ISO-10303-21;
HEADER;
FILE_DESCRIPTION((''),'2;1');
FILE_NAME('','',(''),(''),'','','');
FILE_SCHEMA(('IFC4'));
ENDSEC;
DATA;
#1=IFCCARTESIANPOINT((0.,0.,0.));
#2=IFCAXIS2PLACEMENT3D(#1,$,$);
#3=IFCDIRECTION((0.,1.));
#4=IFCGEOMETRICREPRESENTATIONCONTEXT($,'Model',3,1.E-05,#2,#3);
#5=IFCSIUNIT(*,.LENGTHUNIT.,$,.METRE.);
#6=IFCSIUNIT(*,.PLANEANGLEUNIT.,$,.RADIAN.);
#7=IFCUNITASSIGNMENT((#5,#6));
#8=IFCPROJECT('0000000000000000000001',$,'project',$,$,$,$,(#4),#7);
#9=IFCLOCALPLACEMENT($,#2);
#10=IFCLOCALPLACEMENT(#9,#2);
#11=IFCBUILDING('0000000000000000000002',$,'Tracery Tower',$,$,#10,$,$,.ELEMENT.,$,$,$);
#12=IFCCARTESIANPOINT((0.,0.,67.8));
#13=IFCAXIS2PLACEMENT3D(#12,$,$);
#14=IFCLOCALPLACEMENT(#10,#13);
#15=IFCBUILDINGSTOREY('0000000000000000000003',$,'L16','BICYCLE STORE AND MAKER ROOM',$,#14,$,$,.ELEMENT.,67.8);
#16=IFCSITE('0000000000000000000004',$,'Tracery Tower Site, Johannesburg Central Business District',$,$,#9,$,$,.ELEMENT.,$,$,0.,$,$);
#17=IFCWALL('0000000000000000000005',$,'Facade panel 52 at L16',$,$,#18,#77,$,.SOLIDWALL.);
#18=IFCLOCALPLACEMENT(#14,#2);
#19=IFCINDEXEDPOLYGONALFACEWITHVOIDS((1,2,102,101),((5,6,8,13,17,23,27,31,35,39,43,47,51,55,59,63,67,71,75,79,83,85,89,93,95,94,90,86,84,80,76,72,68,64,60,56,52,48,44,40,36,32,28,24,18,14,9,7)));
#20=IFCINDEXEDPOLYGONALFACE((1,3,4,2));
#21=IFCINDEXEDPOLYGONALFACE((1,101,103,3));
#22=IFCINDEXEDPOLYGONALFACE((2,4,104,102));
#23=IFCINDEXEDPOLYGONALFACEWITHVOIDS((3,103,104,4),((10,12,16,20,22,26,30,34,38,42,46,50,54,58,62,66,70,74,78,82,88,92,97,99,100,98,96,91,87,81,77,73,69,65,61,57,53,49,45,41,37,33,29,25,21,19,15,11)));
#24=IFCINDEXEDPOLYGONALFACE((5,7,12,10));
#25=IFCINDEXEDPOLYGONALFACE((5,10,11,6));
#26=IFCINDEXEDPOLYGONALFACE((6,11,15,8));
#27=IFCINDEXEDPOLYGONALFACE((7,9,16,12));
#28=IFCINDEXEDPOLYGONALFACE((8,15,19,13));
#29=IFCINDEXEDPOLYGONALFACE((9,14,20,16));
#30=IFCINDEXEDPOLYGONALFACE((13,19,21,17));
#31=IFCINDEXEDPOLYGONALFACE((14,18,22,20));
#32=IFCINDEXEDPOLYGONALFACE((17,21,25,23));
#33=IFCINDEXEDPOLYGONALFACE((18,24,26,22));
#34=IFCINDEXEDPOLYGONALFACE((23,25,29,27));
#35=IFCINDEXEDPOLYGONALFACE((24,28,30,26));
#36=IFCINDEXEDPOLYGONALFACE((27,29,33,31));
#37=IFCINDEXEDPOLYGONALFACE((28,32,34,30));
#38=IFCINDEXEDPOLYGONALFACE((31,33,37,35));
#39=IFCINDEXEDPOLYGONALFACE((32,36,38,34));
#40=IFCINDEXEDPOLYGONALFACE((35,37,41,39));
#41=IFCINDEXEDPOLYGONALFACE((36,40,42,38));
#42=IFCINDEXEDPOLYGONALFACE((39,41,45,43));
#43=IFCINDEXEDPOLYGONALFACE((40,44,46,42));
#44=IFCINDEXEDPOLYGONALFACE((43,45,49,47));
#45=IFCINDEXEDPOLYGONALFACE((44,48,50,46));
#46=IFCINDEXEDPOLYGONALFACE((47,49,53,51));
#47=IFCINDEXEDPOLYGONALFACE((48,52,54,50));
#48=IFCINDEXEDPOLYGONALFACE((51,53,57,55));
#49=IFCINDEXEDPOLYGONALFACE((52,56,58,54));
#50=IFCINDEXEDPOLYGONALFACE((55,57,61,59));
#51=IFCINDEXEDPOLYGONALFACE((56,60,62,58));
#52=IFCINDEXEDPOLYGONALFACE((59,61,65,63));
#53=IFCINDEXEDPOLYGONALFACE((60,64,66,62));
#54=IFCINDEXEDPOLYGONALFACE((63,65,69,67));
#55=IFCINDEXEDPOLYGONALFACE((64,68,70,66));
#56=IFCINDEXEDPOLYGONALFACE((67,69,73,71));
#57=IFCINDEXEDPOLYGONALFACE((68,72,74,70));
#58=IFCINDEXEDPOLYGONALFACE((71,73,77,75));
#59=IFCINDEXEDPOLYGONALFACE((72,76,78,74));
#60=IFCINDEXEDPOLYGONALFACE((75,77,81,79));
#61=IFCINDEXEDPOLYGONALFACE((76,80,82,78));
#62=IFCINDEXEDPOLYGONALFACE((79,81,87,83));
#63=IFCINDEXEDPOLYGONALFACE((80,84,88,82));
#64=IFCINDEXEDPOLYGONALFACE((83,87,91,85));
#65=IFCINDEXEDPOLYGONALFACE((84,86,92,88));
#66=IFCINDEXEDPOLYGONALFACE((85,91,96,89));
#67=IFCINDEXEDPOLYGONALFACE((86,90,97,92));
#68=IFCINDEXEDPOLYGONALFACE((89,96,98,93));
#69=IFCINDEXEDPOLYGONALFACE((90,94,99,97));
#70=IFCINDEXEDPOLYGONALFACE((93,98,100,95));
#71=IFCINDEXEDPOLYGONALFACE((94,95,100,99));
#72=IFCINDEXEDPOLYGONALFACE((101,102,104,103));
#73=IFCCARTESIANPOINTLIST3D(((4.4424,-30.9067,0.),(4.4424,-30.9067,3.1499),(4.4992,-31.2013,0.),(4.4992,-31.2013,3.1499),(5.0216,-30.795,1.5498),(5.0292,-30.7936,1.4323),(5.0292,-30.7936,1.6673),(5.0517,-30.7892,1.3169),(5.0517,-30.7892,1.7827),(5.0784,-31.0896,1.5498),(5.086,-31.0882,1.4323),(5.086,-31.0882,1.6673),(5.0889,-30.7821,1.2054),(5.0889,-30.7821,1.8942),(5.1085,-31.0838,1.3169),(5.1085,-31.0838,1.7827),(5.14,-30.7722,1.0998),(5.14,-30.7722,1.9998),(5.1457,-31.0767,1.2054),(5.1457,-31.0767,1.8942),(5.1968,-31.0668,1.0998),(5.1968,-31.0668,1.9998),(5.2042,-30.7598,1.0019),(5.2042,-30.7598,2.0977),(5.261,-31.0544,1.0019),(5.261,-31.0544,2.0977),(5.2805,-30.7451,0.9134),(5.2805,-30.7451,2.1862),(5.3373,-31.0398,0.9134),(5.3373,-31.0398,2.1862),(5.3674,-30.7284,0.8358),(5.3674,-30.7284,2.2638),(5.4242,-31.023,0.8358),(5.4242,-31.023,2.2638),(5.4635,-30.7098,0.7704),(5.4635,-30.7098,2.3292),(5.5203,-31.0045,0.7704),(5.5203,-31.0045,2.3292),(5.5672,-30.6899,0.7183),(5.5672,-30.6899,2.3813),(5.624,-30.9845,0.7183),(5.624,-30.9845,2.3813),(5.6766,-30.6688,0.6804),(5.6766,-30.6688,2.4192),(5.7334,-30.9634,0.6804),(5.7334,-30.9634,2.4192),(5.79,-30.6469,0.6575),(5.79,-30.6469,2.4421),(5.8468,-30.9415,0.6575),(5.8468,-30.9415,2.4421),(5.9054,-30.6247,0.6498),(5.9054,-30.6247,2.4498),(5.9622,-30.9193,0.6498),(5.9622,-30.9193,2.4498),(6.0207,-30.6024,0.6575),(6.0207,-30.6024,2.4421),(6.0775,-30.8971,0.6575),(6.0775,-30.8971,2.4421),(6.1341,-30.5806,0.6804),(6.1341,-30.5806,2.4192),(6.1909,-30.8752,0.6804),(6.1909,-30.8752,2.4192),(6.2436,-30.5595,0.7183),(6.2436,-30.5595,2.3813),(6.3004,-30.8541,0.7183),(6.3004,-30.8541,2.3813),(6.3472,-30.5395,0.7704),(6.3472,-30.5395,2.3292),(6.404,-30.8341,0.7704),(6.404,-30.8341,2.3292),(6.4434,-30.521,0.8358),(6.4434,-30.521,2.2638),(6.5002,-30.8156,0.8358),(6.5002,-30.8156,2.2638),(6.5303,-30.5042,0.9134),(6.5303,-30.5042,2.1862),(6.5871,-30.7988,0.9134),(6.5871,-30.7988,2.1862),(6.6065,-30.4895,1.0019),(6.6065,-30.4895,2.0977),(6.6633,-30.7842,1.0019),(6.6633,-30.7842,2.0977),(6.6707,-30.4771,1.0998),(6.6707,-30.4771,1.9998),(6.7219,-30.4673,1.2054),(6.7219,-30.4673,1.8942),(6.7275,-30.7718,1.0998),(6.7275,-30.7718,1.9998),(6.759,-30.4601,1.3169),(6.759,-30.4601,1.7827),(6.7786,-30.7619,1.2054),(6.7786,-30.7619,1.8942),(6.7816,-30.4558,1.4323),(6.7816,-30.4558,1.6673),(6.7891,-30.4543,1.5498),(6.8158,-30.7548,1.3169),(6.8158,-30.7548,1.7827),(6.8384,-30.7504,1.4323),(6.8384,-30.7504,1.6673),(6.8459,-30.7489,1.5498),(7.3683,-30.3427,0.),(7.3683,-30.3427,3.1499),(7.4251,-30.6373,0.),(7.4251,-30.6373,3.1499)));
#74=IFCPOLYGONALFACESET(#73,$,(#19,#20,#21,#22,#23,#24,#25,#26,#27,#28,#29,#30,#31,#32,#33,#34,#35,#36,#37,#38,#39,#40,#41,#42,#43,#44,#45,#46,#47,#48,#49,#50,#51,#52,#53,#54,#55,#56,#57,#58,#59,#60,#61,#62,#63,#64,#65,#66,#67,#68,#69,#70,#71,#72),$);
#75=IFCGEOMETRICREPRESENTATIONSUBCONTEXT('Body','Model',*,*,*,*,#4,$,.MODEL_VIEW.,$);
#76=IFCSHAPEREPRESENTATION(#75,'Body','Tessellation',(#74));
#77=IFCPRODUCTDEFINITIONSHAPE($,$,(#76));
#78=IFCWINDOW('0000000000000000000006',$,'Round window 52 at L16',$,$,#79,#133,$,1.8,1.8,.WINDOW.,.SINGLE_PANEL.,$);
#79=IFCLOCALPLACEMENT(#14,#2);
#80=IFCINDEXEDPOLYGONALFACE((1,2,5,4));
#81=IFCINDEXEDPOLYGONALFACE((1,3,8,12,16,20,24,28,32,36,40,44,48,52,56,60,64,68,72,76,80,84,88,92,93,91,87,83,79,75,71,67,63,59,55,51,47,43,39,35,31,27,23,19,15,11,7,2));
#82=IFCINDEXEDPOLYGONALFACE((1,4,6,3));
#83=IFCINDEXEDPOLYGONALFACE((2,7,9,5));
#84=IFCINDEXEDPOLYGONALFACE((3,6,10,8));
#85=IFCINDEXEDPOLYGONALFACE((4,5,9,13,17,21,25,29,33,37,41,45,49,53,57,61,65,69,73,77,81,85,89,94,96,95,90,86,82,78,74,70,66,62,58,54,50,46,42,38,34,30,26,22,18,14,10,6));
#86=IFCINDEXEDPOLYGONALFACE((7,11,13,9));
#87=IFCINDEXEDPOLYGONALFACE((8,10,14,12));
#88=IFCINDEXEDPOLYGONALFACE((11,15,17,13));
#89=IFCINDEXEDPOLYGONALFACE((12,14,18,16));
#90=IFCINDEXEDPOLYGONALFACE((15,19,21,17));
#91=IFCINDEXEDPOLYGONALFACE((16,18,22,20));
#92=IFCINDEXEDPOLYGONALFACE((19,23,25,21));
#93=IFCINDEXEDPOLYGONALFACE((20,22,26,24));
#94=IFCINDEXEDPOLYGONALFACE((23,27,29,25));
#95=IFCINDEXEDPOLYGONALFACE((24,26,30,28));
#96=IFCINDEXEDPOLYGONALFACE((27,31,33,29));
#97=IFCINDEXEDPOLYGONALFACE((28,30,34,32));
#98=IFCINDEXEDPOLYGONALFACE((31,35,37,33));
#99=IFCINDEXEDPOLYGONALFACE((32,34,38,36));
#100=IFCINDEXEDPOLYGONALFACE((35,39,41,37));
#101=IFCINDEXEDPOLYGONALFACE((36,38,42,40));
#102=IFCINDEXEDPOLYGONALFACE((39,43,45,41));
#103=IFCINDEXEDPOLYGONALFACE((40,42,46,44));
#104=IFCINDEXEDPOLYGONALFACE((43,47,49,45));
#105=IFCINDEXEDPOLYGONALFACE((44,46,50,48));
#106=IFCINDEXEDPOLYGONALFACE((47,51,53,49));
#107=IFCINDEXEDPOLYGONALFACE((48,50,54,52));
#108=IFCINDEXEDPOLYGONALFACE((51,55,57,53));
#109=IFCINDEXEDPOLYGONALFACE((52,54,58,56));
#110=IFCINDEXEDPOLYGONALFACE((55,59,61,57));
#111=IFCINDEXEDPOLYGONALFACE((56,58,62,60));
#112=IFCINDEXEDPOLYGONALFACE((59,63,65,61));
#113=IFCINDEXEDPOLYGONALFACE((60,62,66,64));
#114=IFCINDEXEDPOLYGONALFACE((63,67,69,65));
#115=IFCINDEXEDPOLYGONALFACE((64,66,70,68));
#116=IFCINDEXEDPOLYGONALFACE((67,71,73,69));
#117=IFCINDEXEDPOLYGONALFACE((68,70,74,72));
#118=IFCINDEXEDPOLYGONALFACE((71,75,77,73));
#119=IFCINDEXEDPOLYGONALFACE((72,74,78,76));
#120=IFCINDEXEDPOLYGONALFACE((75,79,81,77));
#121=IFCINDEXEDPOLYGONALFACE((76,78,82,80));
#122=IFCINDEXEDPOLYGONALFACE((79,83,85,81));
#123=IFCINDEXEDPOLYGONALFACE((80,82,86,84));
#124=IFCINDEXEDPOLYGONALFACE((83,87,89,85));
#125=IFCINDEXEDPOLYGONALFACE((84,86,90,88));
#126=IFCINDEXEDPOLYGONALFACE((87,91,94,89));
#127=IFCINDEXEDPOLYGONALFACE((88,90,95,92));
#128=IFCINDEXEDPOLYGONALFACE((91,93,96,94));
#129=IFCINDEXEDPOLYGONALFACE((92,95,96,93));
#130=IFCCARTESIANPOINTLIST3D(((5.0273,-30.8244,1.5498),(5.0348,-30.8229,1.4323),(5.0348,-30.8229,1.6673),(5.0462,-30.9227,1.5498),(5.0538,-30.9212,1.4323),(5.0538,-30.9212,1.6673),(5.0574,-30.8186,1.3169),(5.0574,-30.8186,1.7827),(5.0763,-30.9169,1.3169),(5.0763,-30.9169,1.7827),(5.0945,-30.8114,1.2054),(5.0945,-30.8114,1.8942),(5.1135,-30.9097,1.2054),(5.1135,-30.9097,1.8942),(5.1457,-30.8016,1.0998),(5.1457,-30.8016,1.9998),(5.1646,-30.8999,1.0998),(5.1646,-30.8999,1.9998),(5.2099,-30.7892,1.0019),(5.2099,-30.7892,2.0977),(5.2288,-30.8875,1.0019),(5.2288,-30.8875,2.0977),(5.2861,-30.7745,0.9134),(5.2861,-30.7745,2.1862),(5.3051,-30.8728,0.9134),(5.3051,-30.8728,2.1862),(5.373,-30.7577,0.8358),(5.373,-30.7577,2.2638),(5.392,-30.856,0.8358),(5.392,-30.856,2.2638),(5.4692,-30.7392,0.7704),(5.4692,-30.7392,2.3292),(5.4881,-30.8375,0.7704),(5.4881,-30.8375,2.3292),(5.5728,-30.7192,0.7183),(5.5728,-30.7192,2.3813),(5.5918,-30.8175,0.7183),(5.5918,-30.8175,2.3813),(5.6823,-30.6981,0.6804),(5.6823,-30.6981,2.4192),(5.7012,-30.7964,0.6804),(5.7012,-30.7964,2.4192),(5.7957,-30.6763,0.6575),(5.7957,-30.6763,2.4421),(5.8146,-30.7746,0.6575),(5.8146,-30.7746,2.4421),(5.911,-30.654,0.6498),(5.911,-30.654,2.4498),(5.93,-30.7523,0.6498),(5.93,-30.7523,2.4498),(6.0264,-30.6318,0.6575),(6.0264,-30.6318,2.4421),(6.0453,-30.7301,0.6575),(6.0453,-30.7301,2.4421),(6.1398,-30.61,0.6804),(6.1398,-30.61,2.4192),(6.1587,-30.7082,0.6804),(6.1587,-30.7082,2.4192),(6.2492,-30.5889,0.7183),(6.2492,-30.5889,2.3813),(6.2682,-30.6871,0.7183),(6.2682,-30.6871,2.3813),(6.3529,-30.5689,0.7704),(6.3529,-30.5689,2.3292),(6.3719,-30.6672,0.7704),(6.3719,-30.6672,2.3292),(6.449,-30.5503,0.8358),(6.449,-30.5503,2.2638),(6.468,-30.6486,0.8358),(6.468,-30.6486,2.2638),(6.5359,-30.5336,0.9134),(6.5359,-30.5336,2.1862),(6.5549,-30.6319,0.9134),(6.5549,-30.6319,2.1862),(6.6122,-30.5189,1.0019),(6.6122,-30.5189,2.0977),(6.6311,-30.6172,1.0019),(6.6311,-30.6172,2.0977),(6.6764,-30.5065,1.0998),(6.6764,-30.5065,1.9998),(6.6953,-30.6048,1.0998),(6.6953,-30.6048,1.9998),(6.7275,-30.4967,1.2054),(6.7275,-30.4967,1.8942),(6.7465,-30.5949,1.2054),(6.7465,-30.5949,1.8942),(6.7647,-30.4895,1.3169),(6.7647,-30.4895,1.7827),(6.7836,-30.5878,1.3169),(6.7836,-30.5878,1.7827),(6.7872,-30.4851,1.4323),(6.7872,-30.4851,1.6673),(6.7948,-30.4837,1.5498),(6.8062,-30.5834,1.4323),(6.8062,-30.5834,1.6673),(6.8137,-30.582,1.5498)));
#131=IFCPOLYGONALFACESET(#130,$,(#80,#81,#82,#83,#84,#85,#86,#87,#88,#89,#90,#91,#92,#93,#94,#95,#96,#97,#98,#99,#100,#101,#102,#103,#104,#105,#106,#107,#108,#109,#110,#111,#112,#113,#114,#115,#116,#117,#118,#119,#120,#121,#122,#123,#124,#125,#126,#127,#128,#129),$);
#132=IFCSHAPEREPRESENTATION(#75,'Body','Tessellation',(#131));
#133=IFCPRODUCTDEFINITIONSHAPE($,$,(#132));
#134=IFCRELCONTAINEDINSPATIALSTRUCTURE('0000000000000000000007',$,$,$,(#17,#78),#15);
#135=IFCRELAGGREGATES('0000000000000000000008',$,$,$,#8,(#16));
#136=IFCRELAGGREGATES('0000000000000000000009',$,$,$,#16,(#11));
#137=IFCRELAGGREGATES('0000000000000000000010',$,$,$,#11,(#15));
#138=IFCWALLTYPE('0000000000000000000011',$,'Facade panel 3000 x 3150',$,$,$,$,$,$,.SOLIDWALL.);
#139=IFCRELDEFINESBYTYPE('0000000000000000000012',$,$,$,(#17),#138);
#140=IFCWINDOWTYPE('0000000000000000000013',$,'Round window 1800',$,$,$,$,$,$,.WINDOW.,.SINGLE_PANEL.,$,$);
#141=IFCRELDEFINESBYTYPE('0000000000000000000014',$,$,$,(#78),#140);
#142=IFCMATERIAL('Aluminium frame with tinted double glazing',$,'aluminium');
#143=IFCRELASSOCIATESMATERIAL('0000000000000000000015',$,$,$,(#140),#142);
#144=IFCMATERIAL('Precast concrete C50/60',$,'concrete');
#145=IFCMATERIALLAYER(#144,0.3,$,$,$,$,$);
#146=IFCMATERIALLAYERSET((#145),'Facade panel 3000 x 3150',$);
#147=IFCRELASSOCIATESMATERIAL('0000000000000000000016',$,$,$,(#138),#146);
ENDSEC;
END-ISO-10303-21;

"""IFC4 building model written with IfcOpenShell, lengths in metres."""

from ifc_helpers import new_model, si_unit, direction, frame, frame_2d, origin, origin_2d, place, context, subcontext, project, spatial, rectangle, circle, extrude, material, layer, layer_set, type_object, element, fill, save


model = new_model("IFC4")

# Units and contexts
model_context = context("Model", 3, precision=1e-05, world=origin(), true_north=direction((0.0, 1.0)))
body_context = subcontext(model_context, "Body", "Model", "MODEL_VIEW")
ifc_project = project(units=[si_unit("LENGTHUNIT", "METRE"), si_unit("PLANEANGLEUNIT", "RADIAN")], contexts=[model_context])

# Site, building, storey
site_placement = place(None, origin())
site = spatial("IfcSite", under=ifc_project, at=site_placement, Name="Tracery Tower Site, Johannesburg Central Business District", CompositionType="ELEMENT", RefElevation=0.0)
building_placement = place(site_placement, origin())
building = spatial("IfcBuilding", under=site, at=building_placement, Name="Tracery Tower", CompositionType="ELEMENT")
storey_placement = place(building_placement, frame((0.0, 0.0, 67.8)))
storey = spatial("IfcBuildingStorey", under=building, at=storey_placement, Name="L16", Description="BICYCLE STORE AND MAKER ROOM", CompositionType="ELEMENT", Elevation=67.8)

# Wall, opening, window
ifc_material_1 = material(Name="Aluminium frame with tinted double glazing", Category="aluminium")
window_type = type_object("IfcWindowType", Name="Round window 1800", PartitioningType="SINGLE_PANEL", PredefinedType="WINDOW", material=ifc_material_1)
ifc_material_2 = material(Name="Precast concrete C50/60", Category="concrete")
ifc_layer_1 = layer(ifc_material_2, 0.3)
ifc_layer_set_1 = layer_set([ifc_layer_1], Name="Facade panel 3000 x 3150")
wall_type_1 = type_object("IfcWallType", Name="Facade panel 3000 x 3150", PredefinedType="SOLIDWALL", material=ifc_layer_set_1)
wall_1_placement = place(storey_placement, frame((4.4709, -31.054, 0.0), z_axis=(0.0, 0.0, 1.0), x_axis=(0.981925, 0.189273, 0.0)))
wall_1 = element("IfcWall", 1, at=wall_1_placement, inside=storey, type_object=wall_type_1, Name="Facade panel 52 at L16", PredefinedType="SOLIDWALL", context=body_context, shape_type="SweptSolid", body=[
    extrude(rectangle(XDim=2.9797, YDim=0.3, at=frame_2d((1.4897, 0.0))), origin(), (0.0, 0.0, 1.0), 3.1499),
])
opening_1_placement = place(wall_1_placement, frame((1.4897, 0.0, 1.5498)))
opening_1 = element("IfcOpeningElement", 2, at=opening_1_placement, cuts=wall_1, PredefinedType="OPENING", context=body_context, shape_type="SweptSolid", body=[
    extrude(circle(Radius=0.9, at=origin_2d()), frame((0.0, 0.1599, 0.0), z_axis=(0.0, -1.0, 0.0), x_axis=(1.0, 0.0, 0.0)), (0.0, 0.0, 1.0), 0.3201),
])
window_1_placement = place(opening_1_placement, origin())
window_1 = element("IfcWindow", 3, at=window_1_placement, inside=storey, type_object=window_type, Name="Round window 52 at L16", OverallHeight=1.8, OverallWidth=1.8, PartitioningType="SINGLE_PANEL", PredefinedType="WINDOW", context=body_context, shape_type="SweptSolid", body=[
    extrude(circle(Radius=0.9, at=origin_2d()), frame((0.0, 0.1201, 0.0), z_axis=(0.0, -1.0, 0.0), x_axis=(1.0, 0.0, 0.0)), (0.0, 0.0, 1.0), 0.1001),
])
fill(opening_1, window_1)

save(model, "model.ifc")
